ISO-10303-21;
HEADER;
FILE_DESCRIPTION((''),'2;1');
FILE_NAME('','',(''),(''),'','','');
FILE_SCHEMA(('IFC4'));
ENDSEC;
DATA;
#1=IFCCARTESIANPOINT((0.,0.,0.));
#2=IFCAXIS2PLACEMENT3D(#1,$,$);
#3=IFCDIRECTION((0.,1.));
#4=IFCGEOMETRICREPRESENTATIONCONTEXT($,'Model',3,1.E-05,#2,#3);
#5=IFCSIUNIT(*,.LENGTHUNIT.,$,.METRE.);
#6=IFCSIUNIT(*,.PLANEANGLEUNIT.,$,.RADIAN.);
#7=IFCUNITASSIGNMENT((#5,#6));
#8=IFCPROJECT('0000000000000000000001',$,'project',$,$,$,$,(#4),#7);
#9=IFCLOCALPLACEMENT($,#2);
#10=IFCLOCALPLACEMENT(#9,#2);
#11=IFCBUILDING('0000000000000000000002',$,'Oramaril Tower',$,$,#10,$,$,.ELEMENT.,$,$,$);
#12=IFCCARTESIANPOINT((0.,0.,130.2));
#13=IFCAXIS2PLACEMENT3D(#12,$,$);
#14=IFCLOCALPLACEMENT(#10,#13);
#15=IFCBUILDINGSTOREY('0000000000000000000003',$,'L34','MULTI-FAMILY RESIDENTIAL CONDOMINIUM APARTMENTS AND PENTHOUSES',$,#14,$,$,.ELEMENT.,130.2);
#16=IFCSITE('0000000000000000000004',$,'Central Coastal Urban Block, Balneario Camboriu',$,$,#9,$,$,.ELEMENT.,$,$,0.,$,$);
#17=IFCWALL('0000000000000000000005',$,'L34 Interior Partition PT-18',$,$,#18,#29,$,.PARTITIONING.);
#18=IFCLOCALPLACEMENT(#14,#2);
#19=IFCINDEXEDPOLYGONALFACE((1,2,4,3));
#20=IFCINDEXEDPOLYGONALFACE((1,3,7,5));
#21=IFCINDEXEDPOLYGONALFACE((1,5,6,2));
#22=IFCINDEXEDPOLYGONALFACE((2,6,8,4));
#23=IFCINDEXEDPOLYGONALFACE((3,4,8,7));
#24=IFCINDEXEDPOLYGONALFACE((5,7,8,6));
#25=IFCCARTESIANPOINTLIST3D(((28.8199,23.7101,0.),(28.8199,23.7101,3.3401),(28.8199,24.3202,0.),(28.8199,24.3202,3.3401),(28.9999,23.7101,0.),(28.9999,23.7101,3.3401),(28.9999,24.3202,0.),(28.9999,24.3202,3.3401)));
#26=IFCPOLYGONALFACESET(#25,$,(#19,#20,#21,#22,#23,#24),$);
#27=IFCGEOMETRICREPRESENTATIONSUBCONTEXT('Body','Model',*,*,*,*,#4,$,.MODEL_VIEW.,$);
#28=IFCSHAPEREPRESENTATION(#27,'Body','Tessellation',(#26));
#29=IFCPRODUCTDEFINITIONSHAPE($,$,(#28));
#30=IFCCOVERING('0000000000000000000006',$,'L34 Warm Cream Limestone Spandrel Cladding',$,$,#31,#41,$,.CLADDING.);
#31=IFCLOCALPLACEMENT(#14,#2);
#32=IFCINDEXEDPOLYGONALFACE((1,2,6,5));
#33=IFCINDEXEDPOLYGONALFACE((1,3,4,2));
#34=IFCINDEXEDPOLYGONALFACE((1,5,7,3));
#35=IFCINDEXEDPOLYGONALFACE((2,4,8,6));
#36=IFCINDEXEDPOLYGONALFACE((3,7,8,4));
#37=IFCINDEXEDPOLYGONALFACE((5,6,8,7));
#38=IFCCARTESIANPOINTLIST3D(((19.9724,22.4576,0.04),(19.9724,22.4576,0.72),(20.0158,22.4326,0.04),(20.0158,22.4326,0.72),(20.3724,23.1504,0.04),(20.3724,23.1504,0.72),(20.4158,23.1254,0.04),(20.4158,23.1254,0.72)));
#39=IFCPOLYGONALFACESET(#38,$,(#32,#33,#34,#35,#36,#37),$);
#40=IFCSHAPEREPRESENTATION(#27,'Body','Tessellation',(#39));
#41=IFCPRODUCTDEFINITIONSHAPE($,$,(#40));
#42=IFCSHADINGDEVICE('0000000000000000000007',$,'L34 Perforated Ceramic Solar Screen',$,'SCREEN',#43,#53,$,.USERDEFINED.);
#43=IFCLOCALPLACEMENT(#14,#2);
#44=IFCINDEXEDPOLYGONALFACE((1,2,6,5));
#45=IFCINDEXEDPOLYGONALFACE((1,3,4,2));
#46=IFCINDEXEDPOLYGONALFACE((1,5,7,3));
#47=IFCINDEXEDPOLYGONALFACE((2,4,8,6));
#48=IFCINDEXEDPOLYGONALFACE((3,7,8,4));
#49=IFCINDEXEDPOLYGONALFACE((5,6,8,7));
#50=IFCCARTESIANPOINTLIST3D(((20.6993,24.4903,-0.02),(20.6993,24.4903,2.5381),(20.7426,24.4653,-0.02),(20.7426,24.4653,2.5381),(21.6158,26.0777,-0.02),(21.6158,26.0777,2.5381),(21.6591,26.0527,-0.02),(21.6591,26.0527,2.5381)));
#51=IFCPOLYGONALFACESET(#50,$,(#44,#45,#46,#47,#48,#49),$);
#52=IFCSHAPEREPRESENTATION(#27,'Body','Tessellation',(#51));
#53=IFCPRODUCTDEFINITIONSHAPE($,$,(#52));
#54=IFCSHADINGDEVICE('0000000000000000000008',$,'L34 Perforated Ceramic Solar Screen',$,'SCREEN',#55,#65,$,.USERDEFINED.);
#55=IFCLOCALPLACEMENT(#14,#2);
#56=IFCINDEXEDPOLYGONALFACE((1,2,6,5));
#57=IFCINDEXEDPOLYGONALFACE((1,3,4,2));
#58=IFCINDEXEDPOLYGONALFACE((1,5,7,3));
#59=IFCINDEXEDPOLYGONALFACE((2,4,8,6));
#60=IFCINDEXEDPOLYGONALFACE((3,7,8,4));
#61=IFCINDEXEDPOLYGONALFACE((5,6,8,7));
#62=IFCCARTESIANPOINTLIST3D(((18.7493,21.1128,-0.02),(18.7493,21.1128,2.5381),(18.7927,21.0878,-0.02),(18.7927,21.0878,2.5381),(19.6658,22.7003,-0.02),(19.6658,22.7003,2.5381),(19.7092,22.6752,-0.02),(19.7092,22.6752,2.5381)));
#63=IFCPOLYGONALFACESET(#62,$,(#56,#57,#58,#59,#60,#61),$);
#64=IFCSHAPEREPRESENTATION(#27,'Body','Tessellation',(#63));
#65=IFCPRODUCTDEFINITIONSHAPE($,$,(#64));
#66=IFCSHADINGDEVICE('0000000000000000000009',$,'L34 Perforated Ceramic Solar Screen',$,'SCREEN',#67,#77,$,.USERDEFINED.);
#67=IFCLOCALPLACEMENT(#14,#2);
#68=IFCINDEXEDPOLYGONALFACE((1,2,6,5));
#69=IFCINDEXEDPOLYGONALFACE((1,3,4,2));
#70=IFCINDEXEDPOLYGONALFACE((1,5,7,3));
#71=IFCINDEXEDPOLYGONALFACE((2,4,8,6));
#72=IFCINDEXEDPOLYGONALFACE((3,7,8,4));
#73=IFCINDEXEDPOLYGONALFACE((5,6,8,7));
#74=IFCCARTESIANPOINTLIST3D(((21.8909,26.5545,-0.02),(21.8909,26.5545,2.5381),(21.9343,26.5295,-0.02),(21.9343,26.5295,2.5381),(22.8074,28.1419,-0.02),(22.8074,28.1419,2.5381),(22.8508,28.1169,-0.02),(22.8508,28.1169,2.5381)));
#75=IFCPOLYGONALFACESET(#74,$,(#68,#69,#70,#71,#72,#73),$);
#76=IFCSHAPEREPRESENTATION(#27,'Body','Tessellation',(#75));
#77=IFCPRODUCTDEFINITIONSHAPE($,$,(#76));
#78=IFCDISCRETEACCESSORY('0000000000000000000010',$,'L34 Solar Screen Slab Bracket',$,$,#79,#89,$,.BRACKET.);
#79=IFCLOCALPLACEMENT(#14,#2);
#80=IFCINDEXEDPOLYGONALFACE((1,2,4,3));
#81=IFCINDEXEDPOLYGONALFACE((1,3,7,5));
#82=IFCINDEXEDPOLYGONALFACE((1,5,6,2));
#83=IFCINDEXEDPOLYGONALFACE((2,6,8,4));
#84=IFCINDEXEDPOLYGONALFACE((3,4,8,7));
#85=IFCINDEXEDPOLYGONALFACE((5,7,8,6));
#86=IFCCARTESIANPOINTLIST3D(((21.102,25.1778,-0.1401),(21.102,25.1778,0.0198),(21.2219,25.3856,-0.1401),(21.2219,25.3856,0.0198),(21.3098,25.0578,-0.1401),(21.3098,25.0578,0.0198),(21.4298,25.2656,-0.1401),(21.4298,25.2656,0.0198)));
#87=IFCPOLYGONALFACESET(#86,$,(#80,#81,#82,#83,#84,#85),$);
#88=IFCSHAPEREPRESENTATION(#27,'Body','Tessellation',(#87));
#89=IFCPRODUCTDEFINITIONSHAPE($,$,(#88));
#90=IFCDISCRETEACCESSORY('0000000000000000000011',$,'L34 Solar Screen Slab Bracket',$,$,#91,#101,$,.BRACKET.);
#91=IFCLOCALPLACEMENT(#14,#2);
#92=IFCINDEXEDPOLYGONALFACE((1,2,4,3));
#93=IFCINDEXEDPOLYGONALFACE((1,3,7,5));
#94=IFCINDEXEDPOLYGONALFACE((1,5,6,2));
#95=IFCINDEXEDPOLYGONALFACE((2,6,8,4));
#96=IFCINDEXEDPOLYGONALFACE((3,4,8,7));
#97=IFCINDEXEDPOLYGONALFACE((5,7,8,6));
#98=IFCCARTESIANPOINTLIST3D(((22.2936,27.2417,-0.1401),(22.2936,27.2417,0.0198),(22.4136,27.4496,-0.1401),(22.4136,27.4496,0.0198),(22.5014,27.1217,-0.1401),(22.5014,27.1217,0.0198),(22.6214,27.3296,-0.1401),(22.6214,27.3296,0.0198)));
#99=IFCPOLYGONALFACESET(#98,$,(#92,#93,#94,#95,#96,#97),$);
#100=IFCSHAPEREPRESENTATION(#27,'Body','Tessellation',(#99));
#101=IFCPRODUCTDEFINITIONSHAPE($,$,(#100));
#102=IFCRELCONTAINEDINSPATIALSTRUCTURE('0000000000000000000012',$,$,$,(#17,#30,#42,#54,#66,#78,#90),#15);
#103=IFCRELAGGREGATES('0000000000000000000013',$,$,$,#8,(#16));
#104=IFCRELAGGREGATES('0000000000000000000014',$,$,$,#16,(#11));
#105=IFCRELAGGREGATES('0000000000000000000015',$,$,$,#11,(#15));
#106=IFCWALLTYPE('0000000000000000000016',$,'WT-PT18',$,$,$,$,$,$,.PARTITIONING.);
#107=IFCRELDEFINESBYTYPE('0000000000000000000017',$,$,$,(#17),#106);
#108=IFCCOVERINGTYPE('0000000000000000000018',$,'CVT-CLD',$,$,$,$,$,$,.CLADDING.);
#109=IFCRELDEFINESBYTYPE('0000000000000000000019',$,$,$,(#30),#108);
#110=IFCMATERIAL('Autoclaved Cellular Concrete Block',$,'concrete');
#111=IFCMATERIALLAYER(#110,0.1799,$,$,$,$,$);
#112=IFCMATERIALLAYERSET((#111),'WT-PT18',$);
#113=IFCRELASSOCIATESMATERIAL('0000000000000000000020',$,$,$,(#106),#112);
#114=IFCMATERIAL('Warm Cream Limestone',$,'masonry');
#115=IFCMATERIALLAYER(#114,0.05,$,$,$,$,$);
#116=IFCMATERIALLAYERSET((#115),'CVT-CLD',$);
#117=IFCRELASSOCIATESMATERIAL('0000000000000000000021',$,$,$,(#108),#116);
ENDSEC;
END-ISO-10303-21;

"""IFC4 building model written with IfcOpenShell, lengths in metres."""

from ifc_helpers import new_model, si_unit, direction, frame, frame_2d, origin, origin_2d, place, context, subcontext, project, spatial, rectangle, extrude, material, layer, layer_set, type_object, element, save


model = new_model("IFC4")

# Units and contexts
model_context = context("Model", 3, precision=1e-05, world=origin(), true_north=direction((0.0, 1.0)))
body_context = subcontext(model_context, "Body", "Model", "MODEL_VIEW")
ifc_project = project(units=[si_unit("LENGTHUNIT", "METRE"), si_unit("PLANEANGLEUNIT", "RADIAN")], contexts=[model_context])

# Site, building, storey
site_placement = place(None, origin())
site = spatial("IfcSite", under=ifc_project, at=site_placement, Name="Central Coastal Urban Block, Balneario Camboriu", CompositionType="ELEMENT", RefElevation=0.0)
building_placement = place(site_placement, origin())
building = spatial("IfcBuilding", under=site, at=building_placement, Name="Oramaril Tower", CompositionType="ELEMENT")
storey_placement = place(building_placement, frame((0.0, 0.0, 130.2)))
storey = spatial("IfcBuildingStorey", under=building, at=storey_placement, Name="L34", Description="MULTI-FAMILY RESIDENTIAL CONDOMINIUM APARTMENTS AND PENTHOUSES", CompositionType="ELEMENT", Elevation=130.2)

# Wall
ifc_material_1 = material(Name="Autoclaved Cellular Concrete Block", Category="concrete")
ifc_layer_1 = layer(ifc_material_1, 0.1799)
ifc_layer_set_1 = layer_set([ifc_layer_1], Name="WT-PT18")
wall_type_1 = type_object("IfcWallType", Name="WT-PT18", PredefinedType="PARTITIONING", material=ifc_layer_set_1)
wall_1_placement = place(storey_placement, frame((28.9099, 23.71, 0.0), z_axis=(0.0, 0.0, 1.0), x_axis=(0.0, 1.0, 0.0)))
element("IfcWall", 1, at=wall_1_placement, inside=storey, type_object=wall_type_1, Name="L34 Interior Partition PT-18", PredefinedType="PARTITIONING", context=body_context, shape_type="SweptSolid", body=[
    extrude(rectangle(XDim=0.6101, YDim=0.1799, at=frame_2d((0.3052, 0.0))), origin(), (0.0, 0.0, 1.0), 3.3401),
])

# Covering
ifc_material_2 = material(Name="Warm Cream Limestone", Category="masonry")
ifc_layer_2 = layer(ifc_material_2, 0.05)
ifc_layer_set_2 = layer_set([ifc_layer_2], Name="CVT-CLD")
covering_type = type_object("IfcCoveringType", Name="CVT-CLD", PredefinedType="CLADDING", material=ifc_layer_set_2)
covering_placement = place(storey_placement, frame((20.1941, 22.7915, 0.04), z_axis=(0.0, 0.0, 1.0), x_axis=(-0.499998, -0.866026, 0.0)))
element("IfcCovering", 2, at=covering_placement, inside=storey, type_object=covering_type, Name="L34 Warm Cream Limestone Spandrel Cladding", PredefinedType="CLADDING", context=body_context, shape_type="SweptSolid", body=[
    extrude(rectangle(XDim=0.8, YDim=0.05, at=origin_2d()), origin(), (0.0, 0.0, 1.0), 0.6799),
])

# Shading devices
for number, where, z_axis, x_axis, name in (
    (3, (21.1792, 25.2715, -0.02), (0.0, 0.0, 1.0), (-0.499998, -0.866026, 0.0), "L34 Perforated Ceramic Solar Screen"),
    (4, (19.2292, 21.894, -0.02), (0.0, 0.0, 1.0), (-0.499998, -0.866026, 0.0), "L34 Perforated Ceramic Solar Screen"),
    (5, (22.3708, 27.3357, -0.02), (0.0, 0.0, 1.0), (-0.499998, -0.866026, 0.0), "L34 Perforated Ceramic Solar Screen"),
):
    element("IfcShadingDevice", number, at=place(storey_placement, frame(where, z_axis=z_axis, x_axis=x_axis)), inside=storey, Name=name, ObjectType="SCREEN", PredefinedType="USERDEFINED", context=body_context, shape_type="SweptSolid", body=[
        extrude(rectangle(XDim=1.833, YDim=0.05, at=origin_2d()), origin(), (0.0, 0.0, 1.0), 2.5581),
    ])

# Discrete accessories
for number, where, z_axis, x_axis, name in (
    (6, (21.2659, 25.2217, -0.1401), (0.0, 0.0, 1.0), (-0.499998, -0.866026, 0.0), "L34 Solar Screen Slab Bracket"),
    (7, (22.4575, 27.2856, -0.1401), (0.0, 0.0, 1.0), (-0.499998, -0.866026, 0.0), "L34 Solar Screen Slab Bracket"),
):
    element("IfcDiscreteAccessory", number, at=place(storey_placement, frame(where, z_axis=z_axis, x_axis=x_axis)), inside=storey, Name=name, PredefinedType="BRACKET", context=body_context, shape_type="SweptSolid", body=[
        extrude(rectangle(XDim=0.24, YDim=0.24, at=origin_2d()), origin(), (0.0, 0.0, 1.0), 0.1599),
    ])

save(model, "model.ifc")
